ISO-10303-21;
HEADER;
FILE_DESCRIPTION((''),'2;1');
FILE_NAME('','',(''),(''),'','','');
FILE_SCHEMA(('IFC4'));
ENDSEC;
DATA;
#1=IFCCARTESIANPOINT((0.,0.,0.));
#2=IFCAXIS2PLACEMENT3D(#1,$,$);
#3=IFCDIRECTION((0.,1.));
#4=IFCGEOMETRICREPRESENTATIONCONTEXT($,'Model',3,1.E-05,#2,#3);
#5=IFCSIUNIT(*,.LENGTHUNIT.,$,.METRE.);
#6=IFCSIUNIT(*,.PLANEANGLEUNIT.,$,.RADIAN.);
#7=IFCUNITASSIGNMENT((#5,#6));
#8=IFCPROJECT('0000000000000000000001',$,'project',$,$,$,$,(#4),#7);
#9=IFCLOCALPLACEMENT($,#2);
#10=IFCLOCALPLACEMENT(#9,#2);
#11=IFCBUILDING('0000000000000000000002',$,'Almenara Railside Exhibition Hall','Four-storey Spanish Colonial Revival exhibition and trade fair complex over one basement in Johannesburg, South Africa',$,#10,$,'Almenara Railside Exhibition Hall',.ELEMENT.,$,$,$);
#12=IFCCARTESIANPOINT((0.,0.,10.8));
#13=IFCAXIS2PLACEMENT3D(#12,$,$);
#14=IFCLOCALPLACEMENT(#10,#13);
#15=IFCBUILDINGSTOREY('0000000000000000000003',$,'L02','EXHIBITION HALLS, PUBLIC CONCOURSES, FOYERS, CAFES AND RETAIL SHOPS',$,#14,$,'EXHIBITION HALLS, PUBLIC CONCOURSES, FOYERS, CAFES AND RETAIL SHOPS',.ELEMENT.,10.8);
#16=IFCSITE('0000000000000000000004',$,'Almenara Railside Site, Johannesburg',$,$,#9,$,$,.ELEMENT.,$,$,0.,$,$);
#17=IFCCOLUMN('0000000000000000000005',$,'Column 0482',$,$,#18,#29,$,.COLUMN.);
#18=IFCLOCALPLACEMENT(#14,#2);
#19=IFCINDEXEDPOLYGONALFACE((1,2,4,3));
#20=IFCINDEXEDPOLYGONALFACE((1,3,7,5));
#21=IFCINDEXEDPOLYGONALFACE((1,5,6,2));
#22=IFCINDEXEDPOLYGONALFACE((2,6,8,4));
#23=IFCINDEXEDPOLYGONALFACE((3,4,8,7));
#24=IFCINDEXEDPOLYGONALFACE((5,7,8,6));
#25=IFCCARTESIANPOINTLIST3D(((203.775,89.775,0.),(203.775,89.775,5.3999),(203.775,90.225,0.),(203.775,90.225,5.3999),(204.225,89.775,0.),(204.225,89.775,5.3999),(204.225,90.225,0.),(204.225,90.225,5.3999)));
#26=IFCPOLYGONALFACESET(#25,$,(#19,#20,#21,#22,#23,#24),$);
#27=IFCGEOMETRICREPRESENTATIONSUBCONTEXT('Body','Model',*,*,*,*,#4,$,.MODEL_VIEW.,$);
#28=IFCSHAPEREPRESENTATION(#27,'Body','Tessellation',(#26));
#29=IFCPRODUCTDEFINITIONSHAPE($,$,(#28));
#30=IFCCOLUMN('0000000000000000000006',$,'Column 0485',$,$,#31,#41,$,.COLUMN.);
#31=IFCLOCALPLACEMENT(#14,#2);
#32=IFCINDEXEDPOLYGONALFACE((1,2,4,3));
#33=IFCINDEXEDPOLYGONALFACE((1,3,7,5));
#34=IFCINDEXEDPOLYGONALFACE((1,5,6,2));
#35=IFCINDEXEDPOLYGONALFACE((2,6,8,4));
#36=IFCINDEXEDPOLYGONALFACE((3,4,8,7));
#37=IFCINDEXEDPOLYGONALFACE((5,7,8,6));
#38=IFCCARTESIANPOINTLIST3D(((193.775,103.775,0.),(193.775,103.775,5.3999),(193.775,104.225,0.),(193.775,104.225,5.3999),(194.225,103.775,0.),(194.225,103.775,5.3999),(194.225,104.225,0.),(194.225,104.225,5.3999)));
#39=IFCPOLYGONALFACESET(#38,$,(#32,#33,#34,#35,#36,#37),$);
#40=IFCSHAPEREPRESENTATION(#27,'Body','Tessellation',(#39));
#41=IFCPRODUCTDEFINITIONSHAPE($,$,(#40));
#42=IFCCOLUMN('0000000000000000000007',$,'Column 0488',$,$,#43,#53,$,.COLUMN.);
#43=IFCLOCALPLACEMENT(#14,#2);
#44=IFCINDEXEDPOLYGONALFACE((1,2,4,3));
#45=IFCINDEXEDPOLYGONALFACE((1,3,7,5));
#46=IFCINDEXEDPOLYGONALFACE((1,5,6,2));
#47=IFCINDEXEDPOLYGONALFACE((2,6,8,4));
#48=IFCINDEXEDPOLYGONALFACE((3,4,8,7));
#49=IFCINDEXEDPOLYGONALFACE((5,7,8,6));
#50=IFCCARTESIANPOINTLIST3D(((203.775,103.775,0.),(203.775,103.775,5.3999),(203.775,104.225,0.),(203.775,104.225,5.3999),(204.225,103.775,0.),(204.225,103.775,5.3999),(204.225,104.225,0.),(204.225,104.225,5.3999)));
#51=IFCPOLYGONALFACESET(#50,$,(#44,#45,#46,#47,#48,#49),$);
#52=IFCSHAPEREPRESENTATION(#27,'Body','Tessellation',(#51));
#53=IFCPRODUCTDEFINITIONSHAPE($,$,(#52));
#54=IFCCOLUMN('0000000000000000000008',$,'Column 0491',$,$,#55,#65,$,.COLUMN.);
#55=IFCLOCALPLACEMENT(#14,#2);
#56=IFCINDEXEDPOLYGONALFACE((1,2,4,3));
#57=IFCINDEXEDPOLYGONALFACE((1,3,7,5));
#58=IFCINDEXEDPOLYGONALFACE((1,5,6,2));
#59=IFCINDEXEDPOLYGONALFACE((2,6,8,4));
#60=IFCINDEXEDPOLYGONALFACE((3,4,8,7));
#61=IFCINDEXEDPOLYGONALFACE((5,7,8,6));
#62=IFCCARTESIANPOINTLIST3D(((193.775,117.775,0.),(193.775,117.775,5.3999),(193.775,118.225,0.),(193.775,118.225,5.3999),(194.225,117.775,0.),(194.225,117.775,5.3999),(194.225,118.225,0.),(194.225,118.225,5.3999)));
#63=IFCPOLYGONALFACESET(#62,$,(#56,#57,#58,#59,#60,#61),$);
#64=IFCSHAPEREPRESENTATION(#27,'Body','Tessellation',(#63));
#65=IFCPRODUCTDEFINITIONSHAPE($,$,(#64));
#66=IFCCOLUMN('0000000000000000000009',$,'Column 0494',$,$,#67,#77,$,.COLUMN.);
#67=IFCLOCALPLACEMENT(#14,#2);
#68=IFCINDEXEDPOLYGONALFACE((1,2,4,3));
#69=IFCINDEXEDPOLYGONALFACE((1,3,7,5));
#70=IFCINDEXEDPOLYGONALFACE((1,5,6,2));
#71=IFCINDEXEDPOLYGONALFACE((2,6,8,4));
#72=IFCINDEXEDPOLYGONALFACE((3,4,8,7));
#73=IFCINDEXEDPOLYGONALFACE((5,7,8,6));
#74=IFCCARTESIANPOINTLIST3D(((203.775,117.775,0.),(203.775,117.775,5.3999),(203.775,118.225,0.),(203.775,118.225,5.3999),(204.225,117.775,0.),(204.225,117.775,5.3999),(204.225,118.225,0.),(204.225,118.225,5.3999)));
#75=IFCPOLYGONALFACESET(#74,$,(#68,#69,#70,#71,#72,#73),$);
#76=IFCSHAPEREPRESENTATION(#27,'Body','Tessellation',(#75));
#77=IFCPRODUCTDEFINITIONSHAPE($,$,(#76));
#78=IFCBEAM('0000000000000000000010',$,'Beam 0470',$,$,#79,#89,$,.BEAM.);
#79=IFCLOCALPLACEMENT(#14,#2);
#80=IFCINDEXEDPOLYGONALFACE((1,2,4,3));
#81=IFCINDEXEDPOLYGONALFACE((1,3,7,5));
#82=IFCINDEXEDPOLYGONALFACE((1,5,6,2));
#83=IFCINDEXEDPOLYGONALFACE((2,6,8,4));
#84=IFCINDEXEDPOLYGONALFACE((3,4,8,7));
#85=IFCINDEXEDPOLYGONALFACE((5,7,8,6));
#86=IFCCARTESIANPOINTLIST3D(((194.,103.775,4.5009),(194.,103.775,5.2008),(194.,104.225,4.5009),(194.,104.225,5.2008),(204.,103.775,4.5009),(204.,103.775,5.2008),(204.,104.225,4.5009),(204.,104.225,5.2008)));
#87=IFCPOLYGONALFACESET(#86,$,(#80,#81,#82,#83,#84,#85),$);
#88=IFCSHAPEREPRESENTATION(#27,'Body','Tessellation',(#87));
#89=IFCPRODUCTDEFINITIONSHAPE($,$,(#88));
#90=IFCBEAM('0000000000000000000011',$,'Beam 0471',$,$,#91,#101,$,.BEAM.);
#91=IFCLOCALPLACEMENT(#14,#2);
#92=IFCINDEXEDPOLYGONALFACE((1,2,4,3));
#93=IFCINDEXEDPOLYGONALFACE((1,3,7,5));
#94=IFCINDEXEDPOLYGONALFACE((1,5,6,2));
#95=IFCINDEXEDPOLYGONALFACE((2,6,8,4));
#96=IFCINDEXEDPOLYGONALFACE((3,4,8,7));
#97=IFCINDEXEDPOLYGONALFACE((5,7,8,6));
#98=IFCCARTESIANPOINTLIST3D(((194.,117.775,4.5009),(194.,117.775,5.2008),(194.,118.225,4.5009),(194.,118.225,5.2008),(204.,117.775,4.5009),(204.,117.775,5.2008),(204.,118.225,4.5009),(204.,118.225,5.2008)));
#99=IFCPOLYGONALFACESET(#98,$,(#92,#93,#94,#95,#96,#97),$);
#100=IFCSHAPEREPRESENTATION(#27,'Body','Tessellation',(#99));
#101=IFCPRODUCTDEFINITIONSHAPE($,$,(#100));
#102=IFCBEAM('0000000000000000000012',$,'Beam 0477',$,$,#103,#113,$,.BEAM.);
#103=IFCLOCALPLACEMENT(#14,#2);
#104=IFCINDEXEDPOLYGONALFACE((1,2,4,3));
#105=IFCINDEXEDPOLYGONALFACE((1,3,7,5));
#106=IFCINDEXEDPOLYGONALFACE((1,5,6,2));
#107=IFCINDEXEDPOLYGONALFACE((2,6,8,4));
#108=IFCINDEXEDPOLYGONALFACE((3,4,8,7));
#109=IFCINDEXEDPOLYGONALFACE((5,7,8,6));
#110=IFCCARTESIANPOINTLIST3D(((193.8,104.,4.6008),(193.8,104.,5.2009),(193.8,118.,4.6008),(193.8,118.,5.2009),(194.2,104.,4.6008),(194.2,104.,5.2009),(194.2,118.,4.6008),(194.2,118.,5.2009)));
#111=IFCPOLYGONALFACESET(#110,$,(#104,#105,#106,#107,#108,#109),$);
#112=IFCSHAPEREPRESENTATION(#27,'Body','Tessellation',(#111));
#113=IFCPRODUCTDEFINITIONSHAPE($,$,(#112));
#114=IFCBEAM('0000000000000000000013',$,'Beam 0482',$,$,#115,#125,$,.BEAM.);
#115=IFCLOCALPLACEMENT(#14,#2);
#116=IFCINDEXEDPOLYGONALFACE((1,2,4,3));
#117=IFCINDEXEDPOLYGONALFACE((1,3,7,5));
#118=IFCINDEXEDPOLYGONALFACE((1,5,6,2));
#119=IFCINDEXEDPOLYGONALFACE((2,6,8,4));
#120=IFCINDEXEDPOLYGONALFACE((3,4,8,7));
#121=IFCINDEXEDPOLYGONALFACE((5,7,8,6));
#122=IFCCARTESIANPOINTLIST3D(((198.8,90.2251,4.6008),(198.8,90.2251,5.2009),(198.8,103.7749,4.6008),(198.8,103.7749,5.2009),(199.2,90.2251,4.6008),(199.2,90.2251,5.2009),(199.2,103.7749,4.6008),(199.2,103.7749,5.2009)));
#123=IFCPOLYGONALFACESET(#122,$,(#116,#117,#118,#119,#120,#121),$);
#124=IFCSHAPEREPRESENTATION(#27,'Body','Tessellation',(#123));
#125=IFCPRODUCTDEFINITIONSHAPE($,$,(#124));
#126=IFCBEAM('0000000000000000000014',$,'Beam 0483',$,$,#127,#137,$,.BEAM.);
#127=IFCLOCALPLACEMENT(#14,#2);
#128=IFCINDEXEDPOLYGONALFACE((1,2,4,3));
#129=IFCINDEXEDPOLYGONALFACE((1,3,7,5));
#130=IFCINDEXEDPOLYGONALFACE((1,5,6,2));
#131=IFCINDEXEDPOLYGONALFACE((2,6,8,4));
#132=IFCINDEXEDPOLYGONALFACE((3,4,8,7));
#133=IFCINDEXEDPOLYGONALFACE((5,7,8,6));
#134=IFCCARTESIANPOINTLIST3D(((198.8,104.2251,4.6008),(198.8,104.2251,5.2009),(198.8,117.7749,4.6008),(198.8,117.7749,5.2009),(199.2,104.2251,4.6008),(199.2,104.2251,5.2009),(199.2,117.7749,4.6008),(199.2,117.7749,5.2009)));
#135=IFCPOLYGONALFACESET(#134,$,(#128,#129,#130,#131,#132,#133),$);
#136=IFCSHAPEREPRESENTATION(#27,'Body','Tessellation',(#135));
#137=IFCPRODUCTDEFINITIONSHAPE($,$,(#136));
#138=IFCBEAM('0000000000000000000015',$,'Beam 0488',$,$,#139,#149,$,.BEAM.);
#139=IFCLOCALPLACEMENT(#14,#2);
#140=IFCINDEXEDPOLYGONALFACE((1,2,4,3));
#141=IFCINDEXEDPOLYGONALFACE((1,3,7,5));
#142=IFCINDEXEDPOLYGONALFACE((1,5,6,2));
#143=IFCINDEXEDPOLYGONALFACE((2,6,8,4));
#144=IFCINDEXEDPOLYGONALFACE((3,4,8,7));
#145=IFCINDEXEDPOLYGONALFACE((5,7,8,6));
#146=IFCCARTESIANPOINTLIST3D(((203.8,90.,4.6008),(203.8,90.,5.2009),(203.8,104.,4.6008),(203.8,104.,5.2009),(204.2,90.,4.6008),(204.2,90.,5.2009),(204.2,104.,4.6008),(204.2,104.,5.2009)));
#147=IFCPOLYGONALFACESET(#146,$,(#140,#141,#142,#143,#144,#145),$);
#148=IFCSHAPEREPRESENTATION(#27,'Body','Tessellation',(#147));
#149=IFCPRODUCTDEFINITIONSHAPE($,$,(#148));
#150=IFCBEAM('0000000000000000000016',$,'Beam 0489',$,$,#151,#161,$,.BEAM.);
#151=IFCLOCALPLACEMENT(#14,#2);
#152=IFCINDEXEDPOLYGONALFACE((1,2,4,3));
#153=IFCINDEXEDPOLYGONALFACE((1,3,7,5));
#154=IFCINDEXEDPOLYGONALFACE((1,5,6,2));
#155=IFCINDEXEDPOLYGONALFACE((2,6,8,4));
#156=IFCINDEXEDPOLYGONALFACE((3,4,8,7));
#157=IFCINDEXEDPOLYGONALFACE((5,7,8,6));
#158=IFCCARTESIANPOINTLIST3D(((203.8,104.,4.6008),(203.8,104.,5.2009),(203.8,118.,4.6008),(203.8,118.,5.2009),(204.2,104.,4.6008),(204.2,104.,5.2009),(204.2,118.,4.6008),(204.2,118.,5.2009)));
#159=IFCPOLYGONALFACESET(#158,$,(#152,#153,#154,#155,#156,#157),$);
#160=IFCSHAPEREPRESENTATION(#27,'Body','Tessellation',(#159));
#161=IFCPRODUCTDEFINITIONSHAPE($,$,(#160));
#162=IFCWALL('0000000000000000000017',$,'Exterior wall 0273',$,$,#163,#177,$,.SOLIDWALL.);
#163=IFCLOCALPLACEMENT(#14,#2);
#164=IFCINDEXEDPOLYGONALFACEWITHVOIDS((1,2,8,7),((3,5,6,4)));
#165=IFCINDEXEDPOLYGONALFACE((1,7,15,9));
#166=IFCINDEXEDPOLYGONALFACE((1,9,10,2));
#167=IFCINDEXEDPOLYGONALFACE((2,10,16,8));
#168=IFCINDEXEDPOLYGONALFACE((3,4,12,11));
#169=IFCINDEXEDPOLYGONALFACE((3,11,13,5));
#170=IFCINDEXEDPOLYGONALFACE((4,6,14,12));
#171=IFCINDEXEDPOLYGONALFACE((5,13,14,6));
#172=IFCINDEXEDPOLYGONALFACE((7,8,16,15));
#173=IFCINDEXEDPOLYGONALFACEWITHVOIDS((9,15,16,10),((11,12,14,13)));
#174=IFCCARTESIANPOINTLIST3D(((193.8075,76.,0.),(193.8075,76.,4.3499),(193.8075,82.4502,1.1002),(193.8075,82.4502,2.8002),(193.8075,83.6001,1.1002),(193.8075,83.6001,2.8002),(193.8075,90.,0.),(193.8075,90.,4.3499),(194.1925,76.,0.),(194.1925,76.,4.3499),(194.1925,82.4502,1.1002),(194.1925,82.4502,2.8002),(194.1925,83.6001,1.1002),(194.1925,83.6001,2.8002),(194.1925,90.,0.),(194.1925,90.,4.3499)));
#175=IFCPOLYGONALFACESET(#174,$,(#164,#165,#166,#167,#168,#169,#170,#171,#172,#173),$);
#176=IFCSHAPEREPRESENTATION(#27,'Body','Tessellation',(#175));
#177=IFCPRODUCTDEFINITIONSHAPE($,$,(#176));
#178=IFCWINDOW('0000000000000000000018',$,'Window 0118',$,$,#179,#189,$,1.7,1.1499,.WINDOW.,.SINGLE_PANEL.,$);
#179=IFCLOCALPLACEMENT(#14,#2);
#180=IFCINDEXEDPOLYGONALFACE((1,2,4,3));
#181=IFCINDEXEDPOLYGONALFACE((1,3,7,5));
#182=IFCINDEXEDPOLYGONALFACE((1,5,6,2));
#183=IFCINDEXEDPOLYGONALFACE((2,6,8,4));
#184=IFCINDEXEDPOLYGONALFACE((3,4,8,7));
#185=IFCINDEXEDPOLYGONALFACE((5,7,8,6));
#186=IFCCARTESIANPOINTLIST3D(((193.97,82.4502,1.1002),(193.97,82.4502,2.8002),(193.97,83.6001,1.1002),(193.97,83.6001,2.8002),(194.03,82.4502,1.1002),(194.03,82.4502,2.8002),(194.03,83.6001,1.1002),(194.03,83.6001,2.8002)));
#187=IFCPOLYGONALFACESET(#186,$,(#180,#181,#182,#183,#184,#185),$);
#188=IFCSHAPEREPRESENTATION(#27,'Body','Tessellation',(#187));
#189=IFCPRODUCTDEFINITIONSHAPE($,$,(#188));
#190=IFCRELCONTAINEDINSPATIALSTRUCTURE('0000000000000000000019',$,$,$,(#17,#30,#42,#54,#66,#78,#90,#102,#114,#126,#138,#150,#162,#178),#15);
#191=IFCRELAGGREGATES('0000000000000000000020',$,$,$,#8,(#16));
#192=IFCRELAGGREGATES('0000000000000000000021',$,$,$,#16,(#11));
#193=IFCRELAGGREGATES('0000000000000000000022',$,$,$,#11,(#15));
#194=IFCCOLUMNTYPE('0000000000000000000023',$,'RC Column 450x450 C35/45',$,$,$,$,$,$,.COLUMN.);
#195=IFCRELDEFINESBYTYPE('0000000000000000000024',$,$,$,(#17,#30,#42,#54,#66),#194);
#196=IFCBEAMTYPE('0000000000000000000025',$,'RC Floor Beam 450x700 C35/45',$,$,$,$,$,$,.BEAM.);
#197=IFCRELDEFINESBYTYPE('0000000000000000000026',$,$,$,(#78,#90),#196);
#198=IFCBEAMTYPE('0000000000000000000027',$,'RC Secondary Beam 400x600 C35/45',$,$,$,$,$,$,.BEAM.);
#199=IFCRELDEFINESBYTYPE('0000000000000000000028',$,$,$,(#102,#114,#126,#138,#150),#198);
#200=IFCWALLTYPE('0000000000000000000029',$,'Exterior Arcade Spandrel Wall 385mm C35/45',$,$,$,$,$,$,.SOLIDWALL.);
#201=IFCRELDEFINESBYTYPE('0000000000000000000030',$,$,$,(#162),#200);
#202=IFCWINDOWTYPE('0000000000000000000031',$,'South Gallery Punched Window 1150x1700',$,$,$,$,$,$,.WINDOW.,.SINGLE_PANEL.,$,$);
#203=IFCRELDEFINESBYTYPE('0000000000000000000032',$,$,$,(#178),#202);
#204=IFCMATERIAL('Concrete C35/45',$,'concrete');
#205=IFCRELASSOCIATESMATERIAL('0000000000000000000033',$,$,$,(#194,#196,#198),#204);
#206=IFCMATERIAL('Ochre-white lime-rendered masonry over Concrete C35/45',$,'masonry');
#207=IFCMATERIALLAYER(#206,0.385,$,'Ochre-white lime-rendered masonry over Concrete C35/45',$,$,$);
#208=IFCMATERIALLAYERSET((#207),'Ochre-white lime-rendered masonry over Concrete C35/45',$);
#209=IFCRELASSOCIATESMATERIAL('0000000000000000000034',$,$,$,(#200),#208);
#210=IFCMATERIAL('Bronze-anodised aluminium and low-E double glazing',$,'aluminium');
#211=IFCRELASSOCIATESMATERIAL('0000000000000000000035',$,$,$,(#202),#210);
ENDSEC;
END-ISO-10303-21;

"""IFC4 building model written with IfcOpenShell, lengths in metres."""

from ifc_helpers import new_model, si_unit, direction, frame, frame_2d, origin, origin_2d, place, context, subcontext, project, spatial, rectangle, extrude, material, layer, layer_set, material_profile, profile_set, type_object, element, fill, save


model = new_model("IFC4")

# Units and contexts
model_context = context("Model", 3, precision=1e-05, world=origin(), true_north=direction((0.0, 1.0)))
body_context = subcontext(model_context, "Body", "Model", "MODEL_VIEW")
ifc_project = project(units=[si_unit("LENGTHUNIT", "METRE"), si_unit("PLANEANGLEUNIT", "RADIAN")], contexts=[model_context])

# Site, building, storey
site_placement = place(None, origin())
site = spatial("IfcSite", under=ifc_project, at=site_placement, Name="Almenara Railside Site, Johannesburg", CompositionType="ELEMENT", RefElevation=0.0)
building_placement = place(site_placement, origin())
building = spatial("IfcBuilding", under=site, at=building_placement, Name="Almenara Railside Exhibition Hall", Description="Four-storey Spanish Colonial Revival exhibition and trade fair complex over one basement in Johannesburg, South Africa", LongName="Almenara Railside Exhibition Hall", CompositionType="ELEMENT")
storey_placement = place(building_placement, frame((0.0, 0.0, 10.8)))
storey = spatial("IfcBuildingStorey", under=building, at=storey_placement, Name="L02", Description="EXHIBITION HALLS, PUBLIC CONCOURSES, FOYERS, CAFES AND RETAIL SHOPS", LongName="EXHIBITION HALLS, PUBLIC CONCOURSES, FOYERS, CAFES AND RETAIL SHOPS", CompositionType="ELEMENT", Elevation=10.8)

# Columns
ifc_material_1 = material(Name="Concrete C35/45", Category="concrete")
ifc_material_profile_1 = material_profile(ifc_material_1, rectangle(XDim=0.45, YDim=0.45, at=origin_2d()), Name="RC 450x450")
ifc_profile_set_1 = profile_set([ifc_material_profile_1], Name="Concrete C35/45")
column_type = type_object("IfcColumnType", Name="RC Column 450x450 C35/45", PredefinedType="COLUMN", material=ifc_profile_set_1)
for number, where, z_axis, x_axis, name in (
    (1, (204.0, 90.0, 0.0), (0.0, 0.0, 1.0), (1.0, 0.0, 0.0), "Column 0482"),
    (2, (194.0, 104.0, 0.0), (0.0, 0.0, 1.0), (1.0, 0.0, 0.0), "Column 0485"),
    (3, (204.0, 104.0, 0.0), (0.0, 0.0, 1.0), (1.0, 0.0, 0.0), "Column 0488"),
    (4, (194.0, 118.0, 0.0), (0.0, 0.0, 1.0), (1.0, 0.0, 0.0), "Column 0491"),
    (5, (204.0, 118.0, 0.0), (0.0, 0.0, 1.0), (1.0, 0.0, 0.0), "Column 0494"),
):
    element("IfcColumn", number, at=place(storey_placement, frame(where, z_axis=z_axis, x_axis=x_axis)), inside=storey, type_object=column_type, Name=name, PredefinedType="COLUMN", context=body_context, shape_type="SweptSolid", body=[
        extrude(rectangle(XDim=0.45, YDim=0.45, at=origin_2d()), origin(), (0.0, 0.0, 1.0), 5.3999),
    ])

# Beams
ifc_material_profile_2 = material_profile(ifc_material_1, rectangle(XDim=0.45, YDim=0.7, at=origin_2d()), Name="RC 450x700")
ifc_profile_set_2 = profile_set([ifc_material_profile_2], Name="Concrete C35/45")
beam_type_1 = type_object("IfcBeamType", Name="RC Floor Beam 450x700 C35/45", PredefinedType="BEAM", material=ifc_profile_set_2)
for number, where, z_axis, x_axis, name in (
    (6, (194.0, 104.0, 4.8508), (1.0, 0.0, 0.0), (0.0, 1.0, 0.0), "Beam 0470"),
    (7, (194.0, 118.0, 4.8508), (1.0, 0.0, 0.0), (0.0, 1.0, 0.0), "Beam 0471"),
):
    element("IfcBeam", number, at=place(storey_placement, frame(where, z_axis=z_axis, x_axis=x_axis)), inside=storey, type_object=beam_type_1, Name=name, PredefinedType="BEAM", context=body_context, shape_type="SweptSolid", body=[
        extrude(rectangle(XDim=0.45, YDim=0.7, at=origin_2d()), origin(), (0.0, 0.0, 1.0), 10.0),
    ])
ifc_material_profile_3 = material_profile(ifc_material_1, rectangle(XDim=0.3999, YDim=0.6001, at=origin_2d()), Name="RC 400x600")
ifc_profile_set_3 = profile_set([ifc_material_profile_3], Name="Concrete C35/45")
beam_type_2 = type_object("IfcBeamType", Name="RC Secondary Beam 400x600 C35/45", PredefinedType="BEAM", material=ifc_profile_set_3)
beam_placement = place(storey_placement, frame((194.0, 104.0, 4.9009), z_axis=(0.0, 1.0, 0.0), x_axis=(-1.0, 0.0, 0.0)))
element("IfcBeam", 8, at=beam_placement, inside=storey, type_object=beam_type_2, Name="Beam 0477", PredefinedType="BEAM", context=body_context, shape_type="SweptSolid", body=[
    extrude(rectangle(XDim=0.3999, YDim=0.6001, at=origin_2d()), origin(), (0.0, 0.0, 1.0), 14.0),
])
for number, where, z_axis, x_axis, name in (
    (9, (199.0, 90.2251, 4.9009), (0.0, 1.0, 0.0), (-1.0, 0.0, 0.0), "Beam 0482"),
    (10, (199.0, 104.2251, 4.9009), (0.0, 1.0, 0.0), (-1.0, 0.0, 0.0), "Beam 0483"),
):
    element("IfcBeam", number, at=place(storey_placement, frame(where, z_axis=z_axis, x_axis=x_axis)), inside=storey, type_object=beam_type_2, Name=name, PredefinedType="BEAM", context=body_context, shape_type="SweptSolid", body=[
        extrude(rectangle(XDim=0.3999, YDim=0.6001, at=origin_2d()), origin(), (0.0, 0.0, 1.0), 13.5498),
    ])
for number, where, z_axis, x_axis, name in (
    (11, (204.0, 90.0, 4.9009), (0.0, 1.0, 0.0), (-1.0, 0.0, 0.0), "Beam 0488"),
    (12, (204.0, 104.0, 4.9009), (0.0, 1.0, 0.0), (-1.0, 0.0, 0.0), "Beam 0489"),
):
    element("IfcBeam", number, at=place(storey_placement, frame(where, z_axis=z_axis, x_axis=x_axis)), inside=storey, type_object=beam_type_2, Name=name, PredefinedType="BEAM", context=body_context, shape_type="SweptSolid", body=[
        extrude(rectangle(XDim=0.3999, YDim=0.6001, at=origin_2d()), origin(), (0.0, 0.0, 1.0), 14.0),
    ])

# Wall, opening, window
ifc_material_2 = material(Name="Ochre-white lime-rendered masonry over Concrete C35/45", Category="masonry")
ifc_layer_1 = layer(ifc_material_2, 0.385, Name="Ochre-white lime-rendered masonry over Concrete C35/45")
ifc_layer_set_1 = layer_set([ifc_layer_1], Name="Ochre-white lime-rendered masonry over Concrete C35/45")
wall_type_1 = type_object("IfcWallType", Name="Exterior Arcade Spandrel Wall 385mm C35/45", PredefinedType="SOLIDWALL", material=ifc_layer_set_1)
wall_1_placement = place(storey_placement, frame((194.0, 90.0, 0.0), z_axis=(0.0, 0.0, 1.0), x_axis=(0.0, -1.0, 0.0)))
wall_1 = element("IfcWall", 13, at=wall_1_placement, inside=storey, type_object=wall_type_1, Name="Exterior wall 0273", PredefinedType="SOLIDWALL", context=body_context, shape_type="SweptSolid", body=[
    extrude(rectangle(XDim=14.0, YDim=0.385, at=frame_2d((7.0, 0.0))), origin(), (0.0, 0.0, 1.0), 4.3499),
])
opening_1_placement = place(wall_1_placement, frame((6.3999, 0.0, 1.1001)))
opening_1 = element("IfcOpeningElement", 14, at=opening_1_placement, cuts=wall_1, PredefinedType="OPENING", context=body_context, shape_type="SweptSolid", body=[
    extrude(rectangle(XDim=1.1499, YDim=1.7, at=frame_2d((0.575, 0.8501))), frame((0.0, 0.2024, 0.0), z_axis=(0.0, -1.0, 0.0), x_axis=(1.0, 0.0, 0.0)), (0.0, 0.0, 1.0), 0.405),
])
ifc_material_3 = material(Name="Bronze-anodised aluminium and low-E double glazing", Category="aluminium")
window_type_1 = type_object("IfcWindowType", Name="South Gallery Punched Window 1150x1700", PartitioningType="SINGLE_PANEL", PredefinedType="WINDOW", material=ifc_material_3)
window_1_placement = place(opening_1_placement, origin())
window_1 = element("IfcWindow", 15, at=window_1_placement, inside=storey, type_object=window_type_1, Name="Window 0118", OverallHeight=1.7, OverallWidth=1.1499, PartitioningType="SINGLE_PANEL", PredefinedType="WINDOW", context=body_context, shape_type="SweptSolid", body=[
    extrude(rectangle(XDim=1.1499, YDim=1.7, at=frame_2d((0.575, 0.8501))), frame((0.0, 0.03, 0.0), z_axis=(0.0, -1.0, 0.0), x_axis=(1.0, 0.0, 0.0)), (0.0, 0.0, 1.0), 0.0601),
])
fill(opening_1, window_1)

save(model, "model.ifc")
